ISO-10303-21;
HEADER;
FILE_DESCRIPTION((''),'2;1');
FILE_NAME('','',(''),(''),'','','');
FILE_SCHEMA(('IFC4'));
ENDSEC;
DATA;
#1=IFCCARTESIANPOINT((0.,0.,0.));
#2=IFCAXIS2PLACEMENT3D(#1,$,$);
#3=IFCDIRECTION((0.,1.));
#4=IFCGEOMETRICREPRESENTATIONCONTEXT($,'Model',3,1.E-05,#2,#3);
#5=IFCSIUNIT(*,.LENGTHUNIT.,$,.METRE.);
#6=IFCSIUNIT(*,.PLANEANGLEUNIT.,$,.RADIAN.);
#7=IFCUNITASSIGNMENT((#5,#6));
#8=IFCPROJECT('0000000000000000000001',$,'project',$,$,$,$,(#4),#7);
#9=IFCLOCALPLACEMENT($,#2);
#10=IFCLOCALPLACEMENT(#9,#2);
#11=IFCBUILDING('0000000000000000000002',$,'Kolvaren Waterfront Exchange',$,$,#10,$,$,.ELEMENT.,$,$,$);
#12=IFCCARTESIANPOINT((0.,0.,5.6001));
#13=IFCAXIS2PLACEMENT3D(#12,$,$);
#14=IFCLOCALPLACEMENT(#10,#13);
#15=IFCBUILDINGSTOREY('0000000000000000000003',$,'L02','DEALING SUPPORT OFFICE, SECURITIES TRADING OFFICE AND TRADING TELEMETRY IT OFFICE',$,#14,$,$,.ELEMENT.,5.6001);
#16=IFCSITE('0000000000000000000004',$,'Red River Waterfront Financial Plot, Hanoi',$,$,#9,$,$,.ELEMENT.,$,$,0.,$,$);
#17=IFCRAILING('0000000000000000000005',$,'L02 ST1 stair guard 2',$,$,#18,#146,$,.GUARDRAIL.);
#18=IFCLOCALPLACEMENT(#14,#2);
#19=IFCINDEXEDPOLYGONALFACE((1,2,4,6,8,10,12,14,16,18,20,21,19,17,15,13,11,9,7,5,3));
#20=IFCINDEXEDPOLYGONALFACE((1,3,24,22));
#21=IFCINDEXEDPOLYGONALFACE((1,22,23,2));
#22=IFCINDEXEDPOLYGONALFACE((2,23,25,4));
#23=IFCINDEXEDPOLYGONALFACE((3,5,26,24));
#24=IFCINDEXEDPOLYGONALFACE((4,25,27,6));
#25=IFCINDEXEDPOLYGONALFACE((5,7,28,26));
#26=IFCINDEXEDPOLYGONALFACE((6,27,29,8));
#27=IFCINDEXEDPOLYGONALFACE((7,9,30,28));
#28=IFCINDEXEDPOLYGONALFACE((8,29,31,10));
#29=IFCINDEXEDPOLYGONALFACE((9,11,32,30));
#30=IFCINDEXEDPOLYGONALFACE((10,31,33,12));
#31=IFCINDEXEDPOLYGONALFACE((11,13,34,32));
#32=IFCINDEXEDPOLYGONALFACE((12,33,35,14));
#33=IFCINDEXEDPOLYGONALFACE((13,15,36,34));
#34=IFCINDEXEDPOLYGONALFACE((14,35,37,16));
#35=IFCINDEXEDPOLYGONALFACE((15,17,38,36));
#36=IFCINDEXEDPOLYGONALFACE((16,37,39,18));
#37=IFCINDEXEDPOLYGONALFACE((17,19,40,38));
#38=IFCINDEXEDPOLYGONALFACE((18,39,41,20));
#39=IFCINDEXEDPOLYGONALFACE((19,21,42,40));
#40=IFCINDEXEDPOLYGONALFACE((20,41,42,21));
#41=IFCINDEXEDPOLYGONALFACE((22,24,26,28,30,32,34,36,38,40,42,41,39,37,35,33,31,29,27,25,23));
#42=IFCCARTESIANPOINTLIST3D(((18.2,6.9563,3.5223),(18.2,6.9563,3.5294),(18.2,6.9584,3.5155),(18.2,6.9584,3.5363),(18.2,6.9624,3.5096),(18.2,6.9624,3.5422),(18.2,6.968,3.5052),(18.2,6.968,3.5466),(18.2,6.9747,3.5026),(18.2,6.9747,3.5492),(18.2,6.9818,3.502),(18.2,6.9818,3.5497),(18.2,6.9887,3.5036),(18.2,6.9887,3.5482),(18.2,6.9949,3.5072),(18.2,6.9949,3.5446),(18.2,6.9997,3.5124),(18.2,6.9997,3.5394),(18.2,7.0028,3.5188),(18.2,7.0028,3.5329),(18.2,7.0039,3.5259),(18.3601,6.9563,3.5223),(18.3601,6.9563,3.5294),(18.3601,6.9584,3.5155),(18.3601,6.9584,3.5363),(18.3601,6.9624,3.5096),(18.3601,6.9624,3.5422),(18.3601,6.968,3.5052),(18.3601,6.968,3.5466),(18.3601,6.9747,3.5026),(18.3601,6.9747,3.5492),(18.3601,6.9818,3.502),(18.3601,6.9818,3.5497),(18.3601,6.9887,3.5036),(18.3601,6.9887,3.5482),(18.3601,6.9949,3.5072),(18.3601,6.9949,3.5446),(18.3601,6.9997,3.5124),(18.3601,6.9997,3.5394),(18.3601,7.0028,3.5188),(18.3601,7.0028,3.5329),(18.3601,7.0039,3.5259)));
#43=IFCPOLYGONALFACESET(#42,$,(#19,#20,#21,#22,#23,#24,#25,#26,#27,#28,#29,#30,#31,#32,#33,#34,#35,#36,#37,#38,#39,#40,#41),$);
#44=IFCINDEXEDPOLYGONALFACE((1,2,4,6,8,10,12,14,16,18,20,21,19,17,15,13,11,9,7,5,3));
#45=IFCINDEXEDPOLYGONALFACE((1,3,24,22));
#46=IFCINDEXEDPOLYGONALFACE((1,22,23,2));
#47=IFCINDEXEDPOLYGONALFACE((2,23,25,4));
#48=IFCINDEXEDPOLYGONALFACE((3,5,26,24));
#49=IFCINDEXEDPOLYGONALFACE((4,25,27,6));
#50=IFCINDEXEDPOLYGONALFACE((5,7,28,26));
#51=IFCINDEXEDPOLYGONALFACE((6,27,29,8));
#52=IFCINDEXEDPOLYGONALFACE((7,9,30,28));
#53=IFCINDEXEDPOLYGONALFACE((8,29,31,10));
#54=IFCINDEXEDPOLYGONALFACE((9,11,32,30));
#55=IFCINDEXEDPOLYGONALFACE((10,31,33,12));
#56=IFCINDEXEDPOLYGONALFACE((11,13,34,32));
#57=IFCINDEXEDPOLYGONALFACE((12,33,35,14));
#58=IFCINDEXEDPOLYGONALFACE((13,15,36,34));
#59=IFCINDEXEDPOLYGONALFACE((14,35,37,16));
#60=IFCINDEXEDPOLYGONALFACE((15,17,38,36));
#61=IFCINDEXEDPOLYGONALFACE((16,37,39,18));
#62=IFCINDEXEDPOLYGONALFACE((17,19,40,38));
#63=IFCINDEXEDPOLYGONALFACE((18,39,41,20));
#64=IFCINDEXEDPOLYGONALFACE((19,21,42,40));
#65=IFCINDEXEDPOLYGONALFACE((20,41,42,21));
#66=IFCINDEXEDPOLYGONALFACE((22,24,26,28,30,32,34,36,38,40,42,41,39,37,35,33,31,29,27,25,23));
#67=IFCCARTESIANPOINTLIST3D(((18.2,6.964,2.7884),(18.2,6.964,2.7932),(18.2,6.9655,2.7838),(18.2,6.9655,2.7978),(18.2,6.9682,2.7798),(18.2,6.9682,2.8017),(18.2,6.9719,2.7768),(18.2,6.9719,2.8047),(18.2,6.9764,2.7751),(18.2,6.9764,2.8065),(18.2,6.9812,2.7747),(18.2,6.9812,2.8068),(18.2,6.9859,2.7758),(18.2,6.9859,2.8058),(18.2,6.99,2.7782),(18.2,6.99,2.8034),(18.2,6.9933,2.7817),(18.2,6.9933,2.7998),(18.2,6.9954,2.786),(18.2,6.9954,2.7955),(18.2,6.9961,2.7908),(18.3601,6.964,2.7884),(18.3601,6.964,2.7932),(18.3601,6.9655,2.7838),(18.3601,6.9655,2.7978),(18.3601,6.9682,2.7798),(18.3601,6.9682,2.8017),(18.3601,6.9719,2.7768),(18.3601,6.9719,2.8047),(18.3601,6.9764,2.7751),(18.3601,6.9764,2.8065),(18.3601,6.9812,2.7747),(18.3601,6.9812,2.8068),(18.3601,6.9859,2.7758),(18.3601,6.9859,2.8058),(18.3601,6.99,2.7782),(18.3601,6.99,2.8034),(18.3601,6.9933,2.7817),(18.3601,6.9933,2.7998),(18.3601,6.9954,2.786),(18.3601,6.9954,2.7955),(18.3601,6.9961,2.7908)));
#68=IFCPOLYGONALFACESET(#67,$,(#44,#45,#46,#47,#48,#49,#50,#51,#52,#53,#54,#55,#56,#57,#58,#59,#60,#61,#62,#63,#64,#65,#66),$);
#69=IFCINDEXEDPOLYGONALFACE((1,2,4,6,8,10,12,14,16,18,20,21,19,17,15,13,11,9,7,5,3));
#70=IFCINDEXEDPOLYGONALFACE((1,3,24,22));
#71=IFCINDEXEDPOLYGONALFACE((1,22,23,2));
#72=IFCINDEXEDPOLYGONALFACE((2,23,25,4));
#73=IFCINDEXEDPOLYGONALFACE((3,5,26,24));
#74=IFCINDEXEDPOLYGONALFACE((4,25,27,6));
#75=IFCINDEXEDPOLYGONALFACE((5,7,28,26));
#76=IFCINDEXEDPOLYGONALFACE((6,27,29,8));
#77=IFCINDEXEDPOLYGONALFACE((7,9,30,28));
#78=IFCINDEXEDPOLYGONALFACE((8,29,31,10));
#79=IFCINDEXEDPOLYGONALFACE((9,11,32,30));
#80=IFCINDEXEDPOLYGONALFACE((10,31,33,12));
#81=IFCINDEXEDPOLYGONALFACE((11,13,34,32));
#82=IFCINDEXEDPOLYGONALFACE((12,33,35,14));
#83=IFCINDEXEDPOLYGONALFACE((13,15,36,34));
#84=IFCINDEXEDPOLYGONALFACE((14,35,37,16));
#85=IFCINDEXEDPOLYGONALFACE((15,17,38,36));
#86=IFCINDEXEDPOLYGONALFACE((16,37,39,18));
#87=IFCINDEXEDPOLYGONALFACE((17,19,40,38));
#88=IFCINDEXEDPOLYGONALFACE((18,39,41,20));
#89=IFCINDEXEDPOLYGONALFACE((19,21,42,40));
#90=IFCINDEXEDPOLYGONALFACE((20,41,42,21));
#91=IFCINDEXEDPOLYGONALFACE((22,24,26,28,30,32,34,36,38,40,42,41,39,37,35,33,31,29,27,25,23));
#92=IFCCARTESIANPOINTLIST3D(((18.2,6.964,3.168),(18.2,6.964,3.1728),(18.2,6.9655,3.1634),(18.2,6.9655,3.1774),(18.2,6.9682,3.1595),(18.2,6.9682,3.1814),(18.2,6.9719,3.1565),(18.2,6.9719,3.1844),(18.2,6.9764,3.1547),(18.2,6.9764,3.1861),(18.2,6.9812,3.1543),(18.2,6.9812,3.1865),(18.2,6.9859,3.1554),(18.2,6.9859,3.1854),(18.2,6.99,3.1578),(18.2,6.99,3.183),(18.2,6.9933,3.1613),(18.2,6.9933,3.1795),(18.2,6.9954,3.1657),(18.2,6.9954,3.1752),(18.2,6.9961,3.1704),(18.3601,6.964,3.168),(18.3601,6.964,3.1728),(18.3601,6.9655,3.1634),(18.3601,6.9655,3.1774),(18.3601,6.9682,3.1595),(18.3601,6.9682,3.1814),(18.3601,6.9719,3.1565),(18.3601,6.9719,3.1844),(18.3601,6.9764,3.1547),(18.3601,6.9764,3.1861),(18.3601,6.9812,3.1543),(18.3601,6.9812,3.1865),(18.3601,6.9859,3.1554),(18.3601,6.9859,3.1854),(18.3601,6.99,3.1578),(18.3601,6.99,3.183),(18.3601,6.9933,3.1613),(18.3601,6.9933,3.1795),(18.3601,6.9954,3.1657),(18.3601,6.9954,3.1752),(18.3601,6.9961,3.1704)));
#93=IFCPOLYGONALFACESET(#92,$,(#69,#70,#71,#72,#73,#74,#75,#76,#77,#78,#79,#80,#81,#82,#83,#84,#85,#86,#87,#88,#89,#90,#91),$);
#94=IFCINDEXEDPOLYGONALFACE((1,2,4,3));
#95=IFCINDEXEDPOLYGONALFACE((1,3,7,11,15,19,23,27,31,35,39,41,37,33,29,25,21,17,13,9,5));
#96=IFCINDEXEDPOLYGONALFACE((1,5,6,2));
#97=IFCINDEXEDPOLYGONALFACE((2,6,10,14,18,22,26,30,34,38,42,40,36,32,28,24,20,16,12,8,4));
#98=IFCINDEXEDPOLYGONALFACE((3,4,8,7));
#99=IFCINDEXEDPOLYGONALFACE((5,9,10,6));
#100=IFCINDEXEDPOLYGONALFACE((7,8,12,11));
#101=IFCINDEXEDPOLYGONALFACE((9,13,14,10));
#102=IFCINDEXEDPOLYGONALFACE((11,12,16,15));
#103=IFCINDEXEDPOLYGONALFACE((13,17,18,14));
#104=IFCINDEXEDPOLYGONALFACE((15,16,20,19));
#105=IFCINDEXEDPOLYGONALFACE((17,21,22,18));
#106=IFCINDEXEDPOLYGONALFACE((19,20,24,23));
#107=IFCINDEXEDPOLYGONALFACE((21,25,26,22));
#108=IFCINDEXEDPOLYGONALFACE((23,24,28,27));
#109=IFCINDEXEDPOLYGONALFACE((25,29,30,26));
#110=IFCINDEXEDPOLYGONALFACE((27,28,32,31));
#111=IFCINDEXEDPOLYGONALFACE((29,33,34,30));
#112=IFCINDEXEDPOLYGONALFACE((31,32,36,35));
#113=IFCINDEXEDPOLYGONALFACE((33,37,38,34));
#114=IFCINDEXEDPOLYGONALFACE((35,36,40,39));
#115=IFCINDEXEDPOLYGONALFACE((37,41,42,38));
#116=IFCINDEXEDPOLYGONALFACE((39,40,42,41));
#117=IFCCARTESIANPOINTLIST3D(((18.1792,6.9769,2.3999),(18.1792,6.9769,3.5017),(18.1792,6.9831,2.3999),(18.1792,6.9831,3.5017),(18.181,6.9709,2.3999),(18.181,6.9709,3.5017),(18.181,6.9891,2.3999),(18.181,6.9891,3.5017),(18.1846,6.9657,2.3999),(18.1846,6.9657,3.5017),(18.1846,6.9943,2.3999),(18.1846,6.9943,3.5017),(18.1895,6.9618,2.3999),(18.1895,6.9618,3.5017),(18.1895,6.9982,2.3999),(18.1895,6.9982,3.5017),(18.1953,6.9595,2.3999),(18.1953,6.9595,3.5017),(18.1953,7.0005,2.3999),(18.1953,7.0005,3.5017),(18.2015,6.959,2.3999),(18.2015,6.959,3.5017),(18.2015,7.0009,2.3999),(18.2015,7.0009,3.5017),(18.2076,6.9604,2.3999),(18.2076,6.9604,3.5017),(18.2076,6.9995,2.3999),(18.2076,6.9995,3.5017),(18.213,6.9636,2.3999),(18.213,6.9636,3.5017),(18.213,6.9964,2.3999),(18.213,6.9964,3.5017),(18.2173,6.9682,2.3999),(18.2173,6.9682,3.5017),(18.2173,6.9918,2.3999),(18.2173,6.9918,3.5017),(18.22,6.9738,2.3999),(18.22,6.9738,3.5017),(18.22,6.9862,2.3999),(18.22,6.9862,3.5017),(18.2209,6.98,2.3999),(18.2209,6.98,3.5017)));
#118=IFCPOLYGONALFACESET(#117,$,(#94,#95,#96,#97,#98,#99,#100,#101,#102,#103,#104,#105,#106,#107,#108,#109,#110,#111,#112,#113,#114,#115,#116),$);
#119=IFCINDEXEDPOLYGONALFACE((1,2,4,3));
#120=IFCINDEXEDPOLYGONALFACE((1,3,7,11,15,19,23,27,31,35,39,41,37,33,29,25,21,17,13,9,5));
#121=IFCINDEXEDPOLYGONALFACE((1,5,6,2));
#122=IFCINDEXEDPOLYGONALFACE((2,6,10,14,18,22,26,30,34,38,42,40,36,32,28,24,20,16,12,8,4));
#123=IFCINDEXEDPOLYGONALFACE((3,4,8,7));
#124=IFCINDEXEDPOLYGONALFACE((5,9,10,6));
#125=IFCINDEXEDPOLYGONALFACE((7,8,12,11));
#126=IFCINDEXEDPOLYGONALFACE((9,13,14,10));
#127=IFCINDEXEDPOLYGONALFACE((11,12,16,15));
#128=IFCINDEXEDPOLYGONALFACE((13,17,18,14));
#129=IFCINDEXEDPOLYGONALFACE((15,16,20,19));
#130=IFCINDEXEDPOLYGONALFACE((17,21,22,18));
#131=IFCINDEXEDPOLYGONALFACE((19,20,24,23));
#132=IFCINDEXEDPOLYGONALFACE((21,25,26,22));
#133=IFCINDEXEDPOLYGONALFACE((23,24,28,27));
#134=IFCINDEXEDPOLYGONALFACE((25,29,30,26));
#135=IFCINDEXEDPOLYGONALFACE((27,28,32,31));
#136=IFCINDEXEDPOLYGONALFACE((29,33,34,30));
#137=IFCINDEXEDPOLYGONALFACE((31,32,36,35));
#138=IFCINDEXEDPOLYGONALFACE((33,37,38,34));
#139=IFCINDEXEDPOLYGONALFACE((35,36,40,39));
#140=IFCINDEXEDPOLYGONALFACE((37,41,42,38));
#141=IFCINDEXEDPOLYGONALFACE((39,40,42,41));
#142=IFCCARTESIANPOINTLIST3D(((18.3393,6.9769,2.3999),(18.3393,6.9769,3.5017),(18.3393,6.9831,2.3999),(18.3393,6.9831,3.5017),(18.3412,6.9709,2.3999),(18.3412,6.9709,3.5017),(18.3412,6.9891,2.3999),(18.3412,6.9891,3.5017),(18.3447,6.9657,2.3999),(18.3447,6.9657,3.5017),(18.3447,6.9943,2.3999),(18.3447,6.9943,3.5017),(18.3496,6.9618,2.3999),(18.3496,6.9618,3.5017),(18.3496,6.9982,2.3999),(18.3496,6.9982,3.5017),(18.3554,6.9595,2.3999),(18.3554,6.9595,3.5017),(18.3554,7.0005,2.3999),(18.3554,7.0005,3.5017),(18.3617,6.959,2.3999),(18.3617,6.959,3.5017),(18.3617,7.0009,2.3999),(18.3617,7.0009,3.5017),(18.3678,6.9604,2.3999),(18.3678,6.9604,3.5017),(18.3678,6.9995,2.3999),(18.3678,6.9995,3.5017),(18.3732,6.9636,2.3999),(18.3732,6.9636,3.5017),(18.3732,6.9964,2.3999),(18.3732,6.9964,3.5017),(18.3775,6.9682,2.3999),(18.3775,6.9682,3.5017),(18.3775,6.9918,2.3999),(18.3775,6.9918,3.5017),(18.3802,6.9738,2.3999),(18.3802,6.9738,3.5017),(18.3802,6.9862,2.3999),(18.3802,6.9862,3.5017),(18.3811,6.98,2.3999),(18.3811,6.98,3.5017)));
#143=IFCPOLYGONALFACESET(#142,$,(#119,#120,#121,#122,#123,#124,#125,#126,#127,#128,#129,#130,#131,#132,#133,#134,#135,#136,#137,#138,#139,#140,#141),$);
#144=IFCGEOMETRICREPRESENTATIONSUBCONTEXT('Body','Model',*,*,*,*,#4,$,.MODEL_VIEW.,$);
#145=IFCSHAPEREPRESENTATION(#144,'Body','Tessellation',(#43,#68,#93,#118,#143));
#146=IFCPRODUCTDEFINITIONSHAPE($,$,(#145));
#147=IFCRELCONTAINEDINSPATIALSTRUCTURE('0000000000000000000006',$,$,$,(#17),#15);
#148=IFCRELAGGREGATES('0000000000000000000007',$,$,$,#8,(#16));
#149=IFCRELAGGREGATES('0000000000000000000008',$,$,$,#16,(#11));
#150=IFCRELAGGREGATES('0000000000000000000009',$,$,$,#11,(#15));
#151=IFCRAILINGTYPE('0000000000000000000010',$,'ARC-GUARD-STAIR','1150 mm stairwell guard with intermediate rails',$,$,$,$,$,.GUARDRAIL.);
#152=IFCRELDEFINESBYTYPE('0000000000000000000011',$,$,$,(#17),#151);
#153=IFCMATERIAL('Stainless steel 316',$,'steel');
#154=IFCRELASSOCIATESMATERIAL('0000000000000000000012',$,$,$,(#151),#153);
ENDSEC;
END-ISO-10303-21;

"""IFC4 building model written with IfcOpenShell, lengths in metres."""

from ifc_helpers import new_model, si_unit, direction, frame, origin, origin_2d, place, context, subcontext, project, spatial, circle, extrude, material, type_object, element, save


model = new_model("IFC4")

# Units and contexts
model_context = context("Model", 3, precision=1e-05, world=origin(), true_north=direction((0.0, 1.0)))
body_context = subcontext(model_context, "Body", "Model", "MODEL_VIEW")
ifc_project = project(units=[si_unit("LENGTHUNIT", "METRE"), si_unit("PLANEANGLEUNIT", "RADIAN")], contexts=[model_context])

# Site, building, storey
site_placement = place(None, origin())
site = spatial("IfcSite", under=ifc_project, at=site_placement, Name="Red River Waterfront Financial Plot, Hanoi", CompositionType="ELEMENT", RefElevation=0.0)
building_placement = place(site_placement, origin())
building = spatial("IfcBuilding", under=site, at=building_placement, Name="Kolvaren Waterfront Exchange", CompositionType="ELEMENT")
storey_placement = place(building_placement, frame((0.0, 0.0, 5.6001)))
storey = spatial("IfcBuildingStorey", under=building, at=storey_placement, Name="L02", Description="DEALING SUPPORT OFFICE, SECURITIES TRADING OFFICE AND TRADING TELEMETRY IT OFFICE", CompositionType="ELEMENT", Elevation=5.6001)

# Railing
ifc_material_1 = material(Name="Stainless steel 316", Category="steel")
railing_type_1 = type_object("IfcRailingType", Name="ARC-GUARD-STAIR", Description="1150 mm stairwell guard with intermediate rails", PredefinedType="GUARDRAIL", material=ifc_material_1)
railing_1_placement = place(storey_placement, frame((18.2, 6.98, 2.3999)))
element("IfcRailing", 1, at=railing_1_placement, inside=storey, type_object=railing_type_1, Name="L02 ST1 stair guard 2", PredefinedType="GUARDRAIL", context=body_context, shape_type="SweptSolid", body=[
    extrude(circle(Radius=0.0239, at=origin_2d()), frame((0.0, 0.0, 1.126), z_axis=(1.0, 0.0, 0.0), x_axis=(0.0, 1.0, 0.0)), (0.0, 0.0, 1.0), 0.1602),
    extrude(circle(Radius=0.0161, at=origin_2d()), frame((0.0, 0.0, 0.3909), z_axis=(1.0, 0.0, 0.0), x_axis=(0.0, 1.0, 0.0)), (0.0, 0.0, 1.0), 0.1602),
    extrude(circle(Radius=0.0161, at=origin_2d()), frame((0.0, 0.0, 0.7705), z_axis=(1.0, 0.0, 0.0), x_axis=(0.0, 1.0, 0.0)), (0.0, 0.0, 1.0), 0.1602),
    extrude(circle(Radius=0.021, at=origin_2d()), origin(), (0.0, 0.0, 1.0), 1.1018),
    extrude(circle(Radius=0.021, at=origin_2d()), frame((0.1602, 0.0, 0.0)), (0.0, 0.0, 1.0), 1.1018),
])

save(model, "model.ifc")
